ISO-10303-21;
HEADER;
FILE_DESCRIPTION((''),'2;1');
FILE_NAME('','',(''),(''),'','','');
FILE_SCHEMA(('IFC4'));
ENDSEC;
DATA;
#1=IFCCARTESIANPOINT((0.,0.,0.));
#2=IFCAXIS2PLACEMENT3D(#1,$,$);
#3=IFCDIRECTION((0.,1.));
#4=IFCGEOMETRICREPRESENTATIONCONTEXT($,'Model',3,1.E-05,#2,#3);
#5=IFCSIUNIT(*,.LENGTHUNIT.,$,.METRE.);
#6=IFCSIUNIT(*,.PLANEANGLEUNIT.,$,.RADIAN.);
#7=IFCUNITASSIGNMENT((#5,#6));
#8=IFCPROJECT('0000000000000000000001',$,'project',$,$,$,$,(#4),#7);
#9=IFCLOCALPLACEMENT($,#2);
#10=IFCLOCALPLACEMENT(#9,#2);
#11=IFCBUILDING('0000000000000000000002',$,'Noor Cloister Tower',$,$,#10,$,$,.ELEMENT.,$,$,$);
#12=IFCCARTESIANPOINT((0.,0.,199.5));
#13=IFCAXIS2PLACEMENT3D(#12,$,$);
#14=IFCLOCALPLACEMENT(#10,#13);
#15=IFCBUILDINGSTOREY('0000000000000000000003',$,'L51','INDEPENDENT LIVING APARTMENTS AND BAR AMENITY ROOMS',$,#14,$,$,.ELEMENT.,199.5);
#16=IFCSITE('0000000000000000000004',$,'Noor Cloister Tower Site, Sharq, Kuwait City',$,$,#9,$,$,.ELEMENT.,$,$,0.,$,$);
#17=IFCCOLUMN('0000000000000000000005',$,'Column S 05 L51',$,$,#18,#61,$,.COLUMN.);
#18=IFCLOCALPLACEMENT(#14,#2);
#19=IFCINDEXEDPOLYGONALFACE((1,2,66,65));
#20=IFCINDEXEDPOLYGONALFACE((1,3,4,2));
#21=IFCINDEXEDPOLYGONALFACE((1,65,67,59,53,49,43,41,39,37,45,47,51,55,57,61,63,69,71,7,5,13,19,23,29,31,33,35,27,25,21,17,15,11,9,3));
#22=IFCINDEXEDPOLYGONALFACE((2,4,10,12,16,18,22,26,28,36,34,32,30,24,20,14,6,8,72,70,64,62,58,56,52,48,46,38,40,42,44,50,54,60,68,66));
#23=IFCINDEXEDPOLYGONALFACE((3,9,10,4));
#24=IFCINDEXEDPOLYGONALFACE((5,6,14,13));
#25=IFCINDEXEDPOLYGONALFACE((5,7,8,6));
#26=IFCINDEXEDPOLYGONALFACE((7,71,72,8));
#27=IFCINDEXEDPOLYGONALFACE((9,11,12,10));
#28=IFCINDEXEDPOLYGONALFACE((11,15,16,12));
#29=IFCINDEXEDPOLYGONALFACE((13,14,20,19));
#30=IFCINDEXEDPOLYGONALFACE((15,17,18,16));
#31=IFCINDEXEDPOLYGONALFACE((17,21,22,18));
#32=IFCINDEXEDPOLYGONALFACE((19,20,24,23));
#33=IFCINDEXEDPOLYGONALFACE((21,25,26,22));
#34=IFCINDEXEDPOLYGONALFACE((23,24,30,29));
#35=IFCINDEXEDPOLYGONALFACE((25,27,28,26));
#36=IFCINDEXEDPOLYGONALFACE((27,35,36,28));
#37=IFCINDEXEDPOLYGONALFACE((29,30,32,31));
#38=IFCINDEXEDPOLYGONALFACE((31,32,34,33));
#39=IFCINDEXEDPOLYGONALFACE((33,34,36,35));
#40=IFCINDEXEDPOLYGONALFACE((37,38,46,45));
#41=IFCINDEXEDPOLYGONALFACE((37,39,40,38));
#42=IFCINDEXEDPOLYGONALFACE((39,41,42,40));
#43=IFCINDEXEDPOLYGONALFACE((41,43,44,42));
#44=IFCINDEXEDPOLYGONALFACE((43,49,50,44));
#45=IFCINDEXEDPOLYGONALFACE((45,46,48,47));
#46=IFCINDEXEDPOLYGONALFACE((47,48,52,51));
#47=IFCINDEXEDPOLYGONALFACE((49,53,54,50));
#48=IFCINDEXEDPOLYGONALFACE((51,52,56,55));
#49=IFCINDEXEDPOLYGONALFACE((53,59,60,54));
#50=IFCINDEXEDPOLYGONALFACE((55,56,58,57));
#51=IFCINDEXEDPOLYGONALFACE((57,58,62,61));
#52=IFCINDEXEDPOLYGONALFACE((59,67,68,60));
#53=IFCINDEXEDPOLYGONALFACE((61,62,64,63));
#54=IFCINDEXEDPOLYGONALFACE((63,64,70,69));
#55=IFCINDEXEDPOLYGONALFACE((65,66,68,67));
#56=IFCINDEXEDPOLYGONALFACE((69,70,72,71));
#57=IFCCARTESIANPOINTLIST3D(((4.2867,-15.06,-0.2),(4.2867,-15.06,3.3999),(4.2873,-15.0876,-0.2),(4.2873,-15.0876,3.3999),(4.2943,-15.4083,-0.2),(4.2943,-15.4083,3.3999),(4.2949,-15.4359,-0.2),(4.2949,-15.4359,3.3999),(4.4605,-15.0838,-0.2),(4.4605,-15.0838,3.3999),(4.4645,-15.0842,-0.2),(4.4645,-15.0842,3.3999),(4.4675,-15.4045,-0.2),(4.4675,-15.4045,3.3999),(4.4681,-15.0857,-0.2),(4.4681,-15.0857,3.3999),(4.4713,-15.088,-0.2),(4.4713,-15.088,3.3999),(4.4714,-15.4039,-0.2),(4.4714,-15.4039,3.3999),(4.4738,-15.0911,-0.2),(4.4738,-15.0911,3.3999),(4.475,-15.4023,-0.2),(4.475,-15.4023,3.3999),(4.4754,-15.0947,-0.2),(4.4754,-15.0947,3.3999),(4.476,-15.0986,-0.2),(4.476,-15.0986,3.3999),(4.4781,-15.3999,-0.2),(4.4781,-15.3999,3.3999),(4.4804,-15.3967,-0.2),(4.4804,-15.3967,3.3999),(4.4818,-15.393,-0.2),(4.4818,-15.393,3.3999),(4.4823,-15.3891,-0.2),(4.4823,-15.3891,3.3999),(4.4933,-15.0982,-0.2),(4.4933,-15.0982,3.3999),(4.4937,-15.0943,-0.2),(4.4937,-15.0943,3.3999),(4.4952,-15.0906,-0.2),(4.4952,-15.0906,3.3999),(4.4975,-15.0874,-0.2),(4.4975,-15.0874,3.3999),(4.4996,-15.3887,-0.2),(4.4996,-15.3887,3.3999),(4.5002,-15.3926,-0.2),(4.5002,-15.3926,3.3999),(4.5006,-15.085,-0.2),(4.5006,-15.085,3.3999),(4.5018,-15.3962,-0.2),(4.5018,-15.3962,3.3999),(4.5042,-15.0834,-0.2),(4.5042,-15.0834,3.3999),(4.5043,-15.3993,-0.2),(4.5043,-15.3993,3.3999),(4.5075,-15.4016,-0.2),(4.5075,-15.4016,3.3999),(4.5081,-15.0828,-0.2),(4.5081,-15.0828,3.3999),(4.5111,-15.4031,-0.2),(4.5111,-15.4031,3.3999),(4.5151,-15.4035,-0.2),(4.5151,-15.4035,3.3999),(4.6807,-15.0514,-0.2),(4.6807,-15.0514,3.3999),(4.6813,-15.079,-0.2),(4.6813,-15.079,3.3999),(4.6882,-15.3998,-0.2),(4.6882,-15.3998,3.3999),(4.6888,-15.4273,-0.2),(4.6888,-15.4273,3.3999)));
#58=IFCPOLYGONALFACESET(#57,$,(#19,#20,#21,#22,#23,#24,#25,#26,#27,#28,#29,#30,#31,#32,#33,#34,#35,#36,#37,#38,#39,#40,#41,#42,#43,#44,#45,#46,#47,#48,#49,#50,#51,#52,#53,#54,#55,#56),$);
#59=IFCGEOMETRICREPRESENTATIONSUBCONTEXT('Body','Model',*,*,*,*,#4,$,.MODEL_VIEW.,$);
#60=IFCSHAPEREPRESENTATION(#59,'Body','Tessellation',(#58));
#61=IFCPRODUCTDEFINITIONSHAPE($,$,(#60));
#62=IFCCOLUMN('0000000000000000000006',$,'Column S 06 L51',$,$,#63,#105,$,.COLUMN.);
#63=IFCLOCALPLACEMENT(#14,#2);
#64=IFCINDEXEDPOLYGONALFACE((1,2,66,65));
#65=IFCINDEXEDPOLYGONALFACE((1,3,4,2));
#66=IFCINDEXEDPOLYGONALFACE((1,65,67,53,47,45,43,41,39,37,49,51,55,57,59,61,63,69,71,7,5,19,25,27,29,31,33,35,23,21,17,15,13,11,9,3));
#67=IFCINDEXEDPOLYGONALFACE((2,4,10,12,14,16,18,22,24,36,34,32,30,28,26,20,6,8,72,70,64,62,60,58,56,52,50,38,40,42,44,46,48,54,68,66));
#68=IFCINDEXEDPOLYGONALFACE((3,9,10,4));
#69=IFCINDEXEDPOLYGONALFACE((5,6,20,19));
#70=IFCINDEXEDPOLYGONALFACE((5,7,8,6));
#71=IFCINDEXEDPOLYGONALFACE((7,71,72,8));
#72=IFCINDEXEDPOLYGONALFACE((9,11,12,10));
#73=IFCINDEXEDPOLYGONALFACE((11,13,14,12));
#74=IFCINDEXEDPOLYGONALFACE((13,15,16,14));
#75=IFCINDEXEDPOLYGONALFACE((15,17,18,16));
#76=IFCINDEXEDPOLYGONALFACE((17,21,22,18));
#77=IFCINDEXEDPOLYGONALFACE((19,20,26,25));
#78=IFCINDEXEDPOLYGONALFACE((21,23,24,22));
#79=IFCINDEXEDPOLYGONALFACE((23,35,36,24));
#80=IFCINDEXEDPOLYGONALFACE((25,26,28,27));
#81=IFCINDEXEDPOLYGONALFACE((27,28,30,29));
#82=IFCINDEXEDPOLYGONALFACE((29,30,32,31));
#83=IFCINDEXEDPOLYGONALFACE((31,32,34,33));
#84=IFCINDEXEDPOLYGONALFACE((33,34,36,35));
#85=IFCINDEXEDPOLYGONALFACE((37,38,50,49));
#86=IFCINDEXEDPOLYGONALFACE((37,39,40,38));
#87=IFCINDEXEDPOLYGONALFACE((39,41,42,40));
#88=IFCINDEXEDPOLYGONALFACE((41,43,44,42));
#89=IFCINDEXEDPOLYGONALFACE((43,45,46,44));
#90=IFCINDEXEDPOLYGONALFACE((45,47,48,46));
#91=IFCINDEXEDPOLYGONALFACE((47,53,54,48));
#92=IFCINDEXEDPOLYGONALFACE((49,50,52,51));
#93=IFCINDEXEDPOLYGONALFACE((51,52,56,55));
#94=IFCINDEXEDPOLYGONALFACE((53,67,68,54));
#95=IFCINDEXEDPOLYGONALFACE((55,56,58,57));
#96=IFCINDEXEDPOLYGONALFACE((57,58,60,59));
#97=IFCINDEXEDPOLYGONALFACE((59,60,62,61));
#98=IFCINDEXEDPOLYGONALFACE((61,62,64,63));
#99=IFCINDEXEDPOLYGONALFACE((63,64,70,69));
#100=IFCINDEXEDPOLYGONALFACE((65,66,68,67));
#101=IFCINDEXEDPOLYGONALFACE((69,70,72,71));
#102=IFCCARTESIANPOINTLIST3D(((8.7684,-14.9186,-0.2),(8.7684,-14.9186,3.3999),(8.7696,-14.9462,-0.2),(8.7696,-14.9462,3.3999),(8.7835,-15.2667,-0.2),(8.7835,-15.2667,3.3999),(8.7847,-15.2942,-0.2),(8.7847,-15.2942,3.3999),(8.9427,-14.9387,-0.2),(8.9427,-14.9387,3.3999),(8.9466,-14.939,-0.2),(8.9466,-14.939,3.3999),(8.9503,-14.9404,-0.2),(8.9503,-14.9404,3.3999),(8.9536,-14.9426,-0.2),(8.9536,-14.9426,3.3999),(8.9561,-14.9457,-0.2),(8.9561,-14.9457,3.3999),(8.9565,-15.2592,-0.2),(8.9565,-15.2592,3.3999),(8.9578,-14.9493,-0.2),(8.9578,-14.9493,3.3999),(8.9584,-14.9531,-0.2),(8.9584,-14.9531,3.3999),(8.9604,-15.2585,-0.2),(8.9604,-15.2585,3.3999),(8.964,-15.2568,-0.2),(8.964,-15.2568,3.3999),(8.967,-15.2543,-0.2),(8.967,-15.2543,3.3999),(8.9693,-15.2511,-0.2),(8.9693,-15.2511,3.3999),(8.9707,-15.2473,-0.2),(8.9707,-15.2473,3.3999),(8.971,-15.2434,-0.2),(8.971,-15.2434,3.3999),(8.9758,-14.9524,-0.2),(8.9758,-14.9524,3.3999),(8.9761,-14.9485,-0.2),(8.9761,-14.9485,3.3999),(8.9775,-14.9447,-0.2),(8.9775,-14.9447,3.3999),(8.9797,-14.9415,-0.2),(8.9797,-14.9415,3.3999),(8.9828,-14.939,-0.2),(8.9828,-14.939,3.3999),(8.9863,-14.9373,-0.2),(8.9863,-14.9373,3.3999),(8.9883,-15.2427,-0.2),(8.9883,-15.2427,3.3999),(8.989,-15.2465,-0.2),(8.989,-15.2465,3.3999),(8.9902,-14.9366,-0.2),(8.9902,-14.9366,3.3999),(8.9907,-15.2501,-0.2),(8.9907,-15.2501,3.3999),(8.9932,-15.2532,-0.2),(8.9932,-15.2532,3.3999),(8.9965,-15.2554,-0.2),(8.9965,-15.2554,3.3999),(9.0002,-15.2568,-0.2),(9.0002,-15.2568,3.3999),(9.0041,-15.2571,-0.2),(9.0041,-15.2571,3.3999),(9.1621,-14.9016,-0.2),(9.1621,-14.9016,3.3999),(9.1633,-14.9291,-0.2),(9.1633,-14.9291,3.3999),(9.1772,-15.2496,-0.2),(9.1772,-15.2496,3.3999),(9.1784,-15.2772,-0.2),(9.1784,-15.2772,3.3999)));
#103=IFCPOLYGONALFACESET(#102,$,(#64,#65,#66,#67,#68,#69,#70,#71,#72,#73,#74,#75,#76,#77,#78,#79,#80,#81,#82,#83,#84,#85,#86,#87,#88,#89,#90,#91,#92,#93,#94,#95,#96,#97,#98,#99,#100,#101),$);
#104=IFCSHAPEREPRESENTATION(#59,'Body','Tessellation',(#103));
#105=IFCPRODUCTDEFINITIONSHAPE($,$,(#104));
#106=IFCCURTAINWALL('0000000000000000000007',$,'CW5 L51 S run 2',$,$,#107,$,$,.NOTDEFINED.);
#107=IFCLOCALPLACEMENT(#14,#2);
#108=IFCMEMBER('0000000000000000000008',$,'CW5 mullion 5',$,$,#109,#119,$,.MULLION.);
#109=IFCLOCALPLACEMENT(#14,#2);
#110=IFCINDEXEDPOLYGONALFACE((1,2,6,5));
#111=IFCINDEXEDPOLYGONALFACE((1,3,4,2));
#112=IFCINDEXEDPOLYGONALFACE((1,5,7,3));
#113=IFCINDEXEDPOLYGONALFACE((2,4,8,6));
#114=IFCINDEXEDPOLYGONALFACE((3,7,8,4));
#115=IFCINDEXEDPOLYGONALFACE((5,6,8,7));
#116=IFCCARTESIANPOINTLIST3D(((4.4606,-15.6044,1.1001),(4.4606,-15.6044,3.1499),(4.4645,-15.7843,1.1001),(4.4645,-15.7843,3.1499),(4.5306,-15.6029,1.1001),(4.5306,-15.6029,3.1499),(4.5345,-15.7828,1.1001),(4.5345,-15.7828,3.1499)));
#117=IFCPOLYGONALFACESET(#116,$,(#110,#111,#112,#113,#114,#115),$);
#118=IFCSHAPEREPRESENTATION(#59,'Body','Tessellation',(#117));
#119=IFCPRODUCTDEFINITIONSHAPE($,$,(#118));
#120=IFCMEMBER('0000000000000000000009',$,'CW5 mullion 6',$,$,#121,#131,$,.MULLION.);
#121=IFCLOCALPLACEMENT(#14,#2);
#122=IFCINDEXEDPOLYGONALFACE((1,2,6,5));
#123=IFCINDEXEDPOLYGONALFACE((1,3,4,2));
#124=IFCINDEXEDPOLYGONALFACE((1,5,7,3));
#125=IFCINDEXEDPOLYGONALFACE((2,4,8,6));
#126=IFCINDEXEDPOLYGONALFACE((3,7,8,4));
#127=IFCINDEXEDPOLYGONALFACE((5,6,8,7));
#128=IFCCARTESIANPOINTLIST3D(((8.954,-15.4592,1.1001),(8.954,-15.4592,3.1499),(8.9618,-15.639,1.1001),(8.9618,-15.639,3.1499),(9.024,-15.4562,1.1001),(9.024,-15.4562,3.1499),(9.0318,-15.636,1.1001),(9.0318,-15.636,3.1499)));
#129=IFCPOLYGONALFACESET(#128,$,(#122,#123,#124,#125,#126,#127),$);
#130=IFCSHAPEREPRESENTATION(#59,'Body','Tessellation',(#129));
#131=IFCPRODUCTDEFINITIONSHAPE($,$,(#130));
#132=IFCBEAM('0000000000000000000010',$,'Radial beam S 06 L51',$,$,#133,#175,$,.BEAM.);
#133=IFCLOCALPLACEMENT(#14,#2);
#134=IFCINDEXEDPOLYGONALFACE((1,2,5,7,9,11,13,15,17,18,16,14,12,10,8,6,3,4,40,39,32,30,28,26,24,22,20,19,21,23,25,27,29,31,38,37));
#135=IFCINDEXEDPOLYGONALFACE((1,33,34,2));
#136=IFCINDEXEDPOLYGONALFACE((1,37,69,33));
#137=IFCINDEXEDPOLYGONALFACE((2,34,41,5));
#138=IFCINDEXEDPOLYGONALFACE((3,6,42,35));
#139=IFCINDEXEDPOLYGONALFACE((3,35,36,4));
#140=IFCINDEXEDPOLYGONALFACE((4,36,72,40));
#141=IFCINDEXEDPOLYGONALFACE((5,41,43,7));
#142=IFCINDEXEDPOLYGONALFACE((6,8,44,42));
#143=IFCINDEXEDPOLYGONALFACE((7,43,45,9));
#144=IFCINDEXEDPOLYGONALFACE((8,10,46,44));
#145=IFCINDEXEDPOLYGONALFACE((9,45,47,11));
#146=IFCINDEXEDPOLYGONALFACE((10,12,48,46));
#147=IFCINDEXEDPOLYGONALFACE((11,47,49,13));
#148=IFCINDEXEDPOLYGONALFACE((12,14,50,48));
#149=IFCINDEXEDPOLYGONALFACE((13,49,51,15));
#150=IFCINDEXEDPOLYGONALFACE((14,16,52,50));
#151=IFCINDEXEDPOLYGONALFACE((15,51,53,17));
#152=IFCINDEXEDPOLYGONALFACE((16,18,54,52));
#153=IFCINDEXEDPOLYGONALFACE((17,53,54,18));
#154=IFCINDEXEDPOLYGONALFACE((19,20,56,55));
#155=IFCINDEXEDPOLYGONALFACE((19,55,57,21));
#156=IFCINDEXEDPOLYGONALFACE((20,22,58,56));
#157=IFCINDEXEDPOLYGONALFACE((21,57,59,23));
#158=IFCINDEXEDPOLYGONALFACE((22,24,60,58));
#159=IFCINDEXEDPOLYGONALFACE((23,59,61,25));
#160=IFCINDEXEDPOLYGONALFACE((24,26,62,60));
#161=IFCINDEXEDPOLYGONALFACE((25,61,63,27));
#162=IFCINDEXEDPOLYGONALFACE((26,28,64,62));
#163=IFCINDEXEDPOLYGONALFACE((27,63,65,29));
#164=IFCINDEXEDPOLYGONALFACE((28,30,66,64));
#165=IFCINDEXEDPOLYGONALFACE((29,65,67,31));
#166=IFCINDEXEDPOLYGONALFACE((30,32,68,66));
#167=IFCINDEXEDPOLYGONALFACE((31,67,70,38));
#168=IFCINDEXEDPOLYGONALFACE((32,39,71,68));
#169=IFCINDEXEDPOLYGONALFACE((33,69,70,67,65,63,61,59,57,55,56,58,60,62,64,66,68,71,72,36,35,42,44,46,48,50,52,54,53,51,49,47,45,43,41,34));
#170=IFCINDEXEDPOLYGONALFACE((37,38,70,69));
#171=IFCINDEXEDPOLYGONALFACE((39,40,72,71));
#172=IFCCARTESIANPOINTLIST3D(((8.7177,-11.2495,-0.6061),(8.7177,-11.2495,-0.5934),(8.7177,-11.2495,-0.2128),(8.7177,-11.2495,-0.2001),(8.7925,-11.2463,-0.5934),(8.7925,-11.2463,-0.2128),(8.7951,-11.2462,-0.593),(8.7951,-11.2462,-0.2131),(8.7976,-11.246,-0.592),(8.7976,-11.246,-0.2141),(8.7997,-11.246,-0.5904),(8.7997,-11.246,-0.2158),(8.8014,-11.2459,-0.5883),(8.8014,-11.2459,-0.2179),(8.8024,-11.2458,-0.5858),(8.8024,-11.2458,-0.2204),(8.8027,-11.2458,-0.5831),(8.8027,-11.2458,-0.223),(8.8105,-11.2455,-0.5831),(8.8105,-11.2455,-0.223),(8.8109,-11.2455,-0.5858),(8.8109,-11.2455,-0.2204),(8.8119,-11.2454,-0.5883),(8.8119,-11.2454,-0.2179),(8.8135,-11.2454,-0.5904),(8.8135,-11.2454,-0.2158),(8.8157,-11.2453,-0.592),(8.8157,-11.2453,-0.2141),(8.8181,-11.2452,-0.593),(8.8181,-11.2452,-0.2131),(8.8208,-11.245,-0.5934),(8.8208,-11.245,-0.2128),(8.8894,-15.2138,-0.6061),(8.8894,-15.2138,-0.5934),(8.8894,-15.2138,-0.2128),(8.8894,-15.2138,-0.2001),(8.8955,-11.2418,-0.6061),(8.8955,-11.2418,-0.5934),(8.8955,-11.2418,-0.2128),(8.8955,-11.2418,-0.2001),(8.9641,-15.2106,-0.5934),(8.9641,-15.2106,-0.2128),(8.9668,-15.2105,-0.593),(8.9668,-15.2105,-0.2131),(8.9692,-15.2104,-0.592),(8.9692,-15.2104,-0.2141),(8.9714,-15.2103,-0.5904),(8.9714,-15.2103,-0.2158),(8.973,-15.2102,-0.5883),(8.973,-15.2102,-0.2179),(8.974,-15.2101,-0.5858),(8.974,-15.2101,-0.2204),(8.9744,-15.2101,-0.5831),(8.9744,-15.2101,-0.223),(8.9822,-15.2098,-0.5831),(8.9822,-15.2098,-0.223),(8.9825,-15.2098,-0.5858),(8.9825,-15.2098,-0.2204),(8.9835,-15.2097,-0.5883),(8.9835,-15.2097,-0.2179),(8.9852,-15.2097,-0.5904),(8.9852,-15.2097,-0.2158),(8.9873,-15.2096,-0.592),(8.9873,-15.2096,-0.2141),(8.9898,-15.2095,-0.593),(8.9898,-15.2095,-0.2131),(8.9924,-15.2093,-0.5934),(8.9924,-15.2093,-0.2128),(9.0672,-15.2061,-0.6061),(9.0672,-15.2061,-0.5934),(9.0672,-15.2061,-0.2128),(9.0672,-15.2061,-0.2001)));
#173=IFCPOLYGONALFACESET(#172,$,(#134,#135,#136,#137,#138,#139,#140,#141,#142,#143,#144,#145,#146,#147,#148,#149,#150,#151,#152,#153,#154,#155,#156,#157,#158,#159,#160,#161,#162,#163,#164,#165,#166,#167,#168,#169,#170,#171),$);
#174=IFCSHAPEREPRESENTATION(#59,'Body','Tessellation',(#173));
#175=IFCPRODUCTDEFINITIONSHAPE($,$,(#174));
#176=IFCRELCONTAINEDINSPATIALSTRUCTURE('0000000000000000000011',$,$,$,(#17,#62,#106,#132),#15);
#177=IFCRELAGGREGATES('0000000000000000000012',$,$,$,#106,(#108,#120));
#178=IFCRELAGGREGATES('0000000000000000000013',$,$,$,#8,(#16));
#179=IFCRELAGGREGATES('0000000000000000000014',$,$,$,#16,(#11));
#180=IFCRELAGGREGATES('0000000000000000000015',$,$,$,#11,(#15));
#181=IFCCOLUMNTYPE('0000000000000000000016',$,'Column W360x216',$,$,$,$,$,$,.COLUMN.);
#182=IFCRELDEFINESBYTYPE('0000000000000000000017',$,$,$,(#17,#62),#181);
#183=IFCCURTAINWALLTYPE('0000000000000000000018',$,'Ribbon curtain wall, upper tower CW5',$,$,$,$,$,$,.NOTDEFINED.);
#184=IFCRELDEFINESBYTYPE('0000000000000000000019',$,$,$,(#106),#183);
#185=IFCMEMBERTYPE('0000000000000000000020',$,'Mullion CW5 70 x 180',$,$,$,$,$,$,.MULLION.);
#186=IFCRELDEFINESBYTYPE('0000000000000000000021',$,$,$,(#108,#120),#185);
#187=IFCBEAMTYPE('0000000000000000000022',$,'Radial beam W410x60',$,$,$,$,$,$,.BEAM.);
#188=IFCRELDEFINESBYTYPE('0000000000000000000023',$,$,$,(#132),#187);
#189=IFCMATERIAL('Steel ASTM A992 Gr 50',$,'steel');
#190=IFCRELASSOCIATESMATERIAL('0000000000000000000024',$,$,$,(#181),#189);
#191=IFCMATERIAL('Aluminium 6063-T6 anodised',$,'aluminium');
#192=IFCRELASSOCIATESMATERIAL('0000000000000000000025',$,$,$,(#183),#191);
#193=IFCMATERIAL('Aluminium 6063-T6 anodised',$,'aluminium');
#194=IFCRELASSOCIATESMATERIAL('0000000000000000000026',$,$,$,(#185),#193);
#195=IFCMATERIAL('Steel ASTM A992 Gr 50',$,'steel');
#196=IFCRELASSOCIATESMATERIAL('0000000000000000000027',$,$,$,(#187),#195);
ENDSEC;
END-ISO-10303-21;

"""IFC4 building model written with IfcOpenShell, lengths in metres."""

from ifc_helpers import new_model, si_unit, direction, frame, origin, origin_2d, place, context, subcontext, project, spatial, rectangle, i_section, extrude, material, material_profile, profile_set, type_object, element, aggregate, save


model = new_model("IFC4")

# Units and contexts
model_context = context("Model", 3, precision=1e-05, world=origin(), true_north=direction((0.0, 1.0)))
body_context = subcontext(model_context, "Body", "Model", "MODEL_VIEW")
ifc_project = project(units=[si_unit("LENGTHUNIT", "METRE"), si_unit("PLANEANGLEUNIT", "RADIAN")], contexts=[model_context])

# Site, building, storey
site_placement = place(None, origin())
site = spatial("IfcSite", under=ifc_project, at=site_placement, Name="Noor Cloister Tower Site, Sharq, Kuwait City", CompositionType="ELEMENT", RefElevation=0.0)
building_placement = place(site_placement, origin())
building = spatial("IfcBuilding", under=site, at=building_placement, Name="Noor Cloister Tower", CompositionType="ELEMENT")
storey_placement = place(building_placement, frame((0.0, 0.0, 199.5)))
storey = spatial("IfcBuildingStorey", under=building, at=storey_placement, Name="L51", Description="INDEPENDENT LIVING APARTMENTS AND BAR AMENITY ROOMS", CompositionType="ELEMENT", Elevation=199.5)

# Columns
ifc_material_1 = material(Name="Steel ASTM A992 Gr 50", Category="steel")
ifc_material_profile_1 = material_profile(ifc_material_1, i_section(OverallWidth=0.394, OverallDepth=0.376, WebThickness=0.0173, FlangeThickness=0.0276, FilletRadius=0.0151, at=origin_2d()), Name="W360x216")
ifc_profile_set_1 = profile_set([ifc_material_profile_1], Name="Steel ASTM A992 Gr 50")
column_type = type_object("IfcColumnType", Name="Column W360x216", PredefinedType="COLUMN", material=ifc_profile_set_1)
for number, where, z_axis, x_axis, name in (
    (1, (4.4878, -15.2437, -0.2), (0.0, 0.0, 1.0), (0.999766, 0.021639, 0.0), "Column S 05 L51"),
    (2, (8.9734, -15.0979, -0.2), (0.0, 0.0, 1.0), (0.999064, 0.043267, 0.0), "Column S 06 L51"),
):
    element("IfcColumn", number, at=place(storey_placement, frame(where, z_axis=z_axis, x_axis=x_axis)), inside=storey, type_object=column_type, Name=name, PredefinedType="COLUMN", context=body_context, shape_type="SweptSolid", body=[
        extrude(i_section(OverallWidth=0.394, OverallDepth=0.376, WebThickness=0.0173, FlangeThickness=0.0276, FilletRadius=0.0151, at=origin_2d()), origin(), (0.0, 0.0, 1.0), 3.5999),
    ])

# Curtain wall, members
ifc_material_2 = material(Name="Aluminium 6063-T6 anodised", Category="aluminium")
curtain_wall_type = type_object("IfcCurtainWallType", Name="Ribbon curtain wall, upper tower CW5", PredefinedType="NOTDEFINED", material=ifc_material_2)
curtain_wall_placement = place(storey_placement, origin())
curtain_wall = element("IfcCurtainWall", 3, at=curtain_wall_placement, inside=storey, type_object=curtain_wall_type, Name="CW5 L51 S run 2", PredefinedType="NOTDEFINED")
ifc_material_3 = material(Name="Aluminium 6063-T6 anodised", Category="aluminium")
ifc_material_profile_2 = material_profile(ifc_material_3, rectangle(XDim=0.1799, YDim=0.0701, at=origin_2d()), Name="180 x 70 mullion")
ifc_profile_set_2 = profile_set([ifc_material_profile_2], Name="Aluminium 6063-T6 anodised")
member_type = type_object("IfcMemberType", Name="Mullion CW5 70 x 180", PredefinedType="MULLION", material=ifc_profile_set_2)
member_1_placement = place(storey_placement, frame((4.4976, -15.6936, 1.1001), z_axis=(0.0, 0.0, 1.0), x_axis=(-0.021639, 0.999766, 0.0)))
member_1 = element("IfcMember", 4, at=member_1_placement, type_object=member_type, Name="CW5 mullion 5", PredefinedType="MULLION", context=body_context, shape_type="SweptSolid", body=[
    extrude(rectangle(XDim=0.1799, YDim=0.0701, at=origin_2d()), origin(), (0.0, 0.0, 1.0), 2.0498),
])
member_2_placement = place(storey_placement, frame((8.9929, -15.5476, 1.1001), z_axis=(0.0, 0.0, 1.0), x_axis=(-0.043267, 0.999064, 0.0)))
member_2 = element("IfcMember", 5, at=member_2_placement, type_object=member_type, Name="CW5 mullion 6", PredefinedType="MULLION", context=body_context, shape_type="SweptSolid", body=[
    extrude(rectangle(XDim=0.1799, YDim=0.0701, at=origin_2d()), origin(), (0.0, 0.0, 1.0), 2.0498),
])

# Beam
ifc_material_4 = material(Name="Steel ASTM A992 Gr 50", Category="steel")
ifc_material_profile_3 = material_profile(ifc_material_4, i_section(OverallWidth=0.178, OverallDepth=0.406, WebThickness=0.0078, FlangeThickness=0.0127, FilletRadius=0.0103, at=origin_2d()), Name="W410x60")
ifc_profile_set_3 = profile_set([ifc_material_profile_3], Name="Steel ASTM A992 Gr 50")
beam_type_1 = type_object("IfcBeamType", Name="Radial beam W410x60", PredefinedType="BEAM", material=ifc_profile_set_3)
beam_1_placement = place(storey_placement, frame((8.9783, -15.21, -0.4031), z_axis=(-0.043253, 0.999064, 0.0), x_axis=(-0.999064, -0.043253, 0.0)))
element("IfcBeam", 6, at=beam_1_placement, inside=storey, type_object=beam_type_1, Name="Radial beam S 06 L51", PredefinedType="BEAM", context=body_context, shape_type="SweptSolid", body=[
    extrude(i_section(OverallWidth=0.178, OverallDepth=0.406, WebThickness=0.0078, FlangeThickness=0.0127, FilletRadius=0.0103, at=origin_2d()), origin(), (0.0, 0.0, 1.0), 3.968),
])

aggregate(curtain_wall, [member_1, member_2])

save(model, "model.ifc")
